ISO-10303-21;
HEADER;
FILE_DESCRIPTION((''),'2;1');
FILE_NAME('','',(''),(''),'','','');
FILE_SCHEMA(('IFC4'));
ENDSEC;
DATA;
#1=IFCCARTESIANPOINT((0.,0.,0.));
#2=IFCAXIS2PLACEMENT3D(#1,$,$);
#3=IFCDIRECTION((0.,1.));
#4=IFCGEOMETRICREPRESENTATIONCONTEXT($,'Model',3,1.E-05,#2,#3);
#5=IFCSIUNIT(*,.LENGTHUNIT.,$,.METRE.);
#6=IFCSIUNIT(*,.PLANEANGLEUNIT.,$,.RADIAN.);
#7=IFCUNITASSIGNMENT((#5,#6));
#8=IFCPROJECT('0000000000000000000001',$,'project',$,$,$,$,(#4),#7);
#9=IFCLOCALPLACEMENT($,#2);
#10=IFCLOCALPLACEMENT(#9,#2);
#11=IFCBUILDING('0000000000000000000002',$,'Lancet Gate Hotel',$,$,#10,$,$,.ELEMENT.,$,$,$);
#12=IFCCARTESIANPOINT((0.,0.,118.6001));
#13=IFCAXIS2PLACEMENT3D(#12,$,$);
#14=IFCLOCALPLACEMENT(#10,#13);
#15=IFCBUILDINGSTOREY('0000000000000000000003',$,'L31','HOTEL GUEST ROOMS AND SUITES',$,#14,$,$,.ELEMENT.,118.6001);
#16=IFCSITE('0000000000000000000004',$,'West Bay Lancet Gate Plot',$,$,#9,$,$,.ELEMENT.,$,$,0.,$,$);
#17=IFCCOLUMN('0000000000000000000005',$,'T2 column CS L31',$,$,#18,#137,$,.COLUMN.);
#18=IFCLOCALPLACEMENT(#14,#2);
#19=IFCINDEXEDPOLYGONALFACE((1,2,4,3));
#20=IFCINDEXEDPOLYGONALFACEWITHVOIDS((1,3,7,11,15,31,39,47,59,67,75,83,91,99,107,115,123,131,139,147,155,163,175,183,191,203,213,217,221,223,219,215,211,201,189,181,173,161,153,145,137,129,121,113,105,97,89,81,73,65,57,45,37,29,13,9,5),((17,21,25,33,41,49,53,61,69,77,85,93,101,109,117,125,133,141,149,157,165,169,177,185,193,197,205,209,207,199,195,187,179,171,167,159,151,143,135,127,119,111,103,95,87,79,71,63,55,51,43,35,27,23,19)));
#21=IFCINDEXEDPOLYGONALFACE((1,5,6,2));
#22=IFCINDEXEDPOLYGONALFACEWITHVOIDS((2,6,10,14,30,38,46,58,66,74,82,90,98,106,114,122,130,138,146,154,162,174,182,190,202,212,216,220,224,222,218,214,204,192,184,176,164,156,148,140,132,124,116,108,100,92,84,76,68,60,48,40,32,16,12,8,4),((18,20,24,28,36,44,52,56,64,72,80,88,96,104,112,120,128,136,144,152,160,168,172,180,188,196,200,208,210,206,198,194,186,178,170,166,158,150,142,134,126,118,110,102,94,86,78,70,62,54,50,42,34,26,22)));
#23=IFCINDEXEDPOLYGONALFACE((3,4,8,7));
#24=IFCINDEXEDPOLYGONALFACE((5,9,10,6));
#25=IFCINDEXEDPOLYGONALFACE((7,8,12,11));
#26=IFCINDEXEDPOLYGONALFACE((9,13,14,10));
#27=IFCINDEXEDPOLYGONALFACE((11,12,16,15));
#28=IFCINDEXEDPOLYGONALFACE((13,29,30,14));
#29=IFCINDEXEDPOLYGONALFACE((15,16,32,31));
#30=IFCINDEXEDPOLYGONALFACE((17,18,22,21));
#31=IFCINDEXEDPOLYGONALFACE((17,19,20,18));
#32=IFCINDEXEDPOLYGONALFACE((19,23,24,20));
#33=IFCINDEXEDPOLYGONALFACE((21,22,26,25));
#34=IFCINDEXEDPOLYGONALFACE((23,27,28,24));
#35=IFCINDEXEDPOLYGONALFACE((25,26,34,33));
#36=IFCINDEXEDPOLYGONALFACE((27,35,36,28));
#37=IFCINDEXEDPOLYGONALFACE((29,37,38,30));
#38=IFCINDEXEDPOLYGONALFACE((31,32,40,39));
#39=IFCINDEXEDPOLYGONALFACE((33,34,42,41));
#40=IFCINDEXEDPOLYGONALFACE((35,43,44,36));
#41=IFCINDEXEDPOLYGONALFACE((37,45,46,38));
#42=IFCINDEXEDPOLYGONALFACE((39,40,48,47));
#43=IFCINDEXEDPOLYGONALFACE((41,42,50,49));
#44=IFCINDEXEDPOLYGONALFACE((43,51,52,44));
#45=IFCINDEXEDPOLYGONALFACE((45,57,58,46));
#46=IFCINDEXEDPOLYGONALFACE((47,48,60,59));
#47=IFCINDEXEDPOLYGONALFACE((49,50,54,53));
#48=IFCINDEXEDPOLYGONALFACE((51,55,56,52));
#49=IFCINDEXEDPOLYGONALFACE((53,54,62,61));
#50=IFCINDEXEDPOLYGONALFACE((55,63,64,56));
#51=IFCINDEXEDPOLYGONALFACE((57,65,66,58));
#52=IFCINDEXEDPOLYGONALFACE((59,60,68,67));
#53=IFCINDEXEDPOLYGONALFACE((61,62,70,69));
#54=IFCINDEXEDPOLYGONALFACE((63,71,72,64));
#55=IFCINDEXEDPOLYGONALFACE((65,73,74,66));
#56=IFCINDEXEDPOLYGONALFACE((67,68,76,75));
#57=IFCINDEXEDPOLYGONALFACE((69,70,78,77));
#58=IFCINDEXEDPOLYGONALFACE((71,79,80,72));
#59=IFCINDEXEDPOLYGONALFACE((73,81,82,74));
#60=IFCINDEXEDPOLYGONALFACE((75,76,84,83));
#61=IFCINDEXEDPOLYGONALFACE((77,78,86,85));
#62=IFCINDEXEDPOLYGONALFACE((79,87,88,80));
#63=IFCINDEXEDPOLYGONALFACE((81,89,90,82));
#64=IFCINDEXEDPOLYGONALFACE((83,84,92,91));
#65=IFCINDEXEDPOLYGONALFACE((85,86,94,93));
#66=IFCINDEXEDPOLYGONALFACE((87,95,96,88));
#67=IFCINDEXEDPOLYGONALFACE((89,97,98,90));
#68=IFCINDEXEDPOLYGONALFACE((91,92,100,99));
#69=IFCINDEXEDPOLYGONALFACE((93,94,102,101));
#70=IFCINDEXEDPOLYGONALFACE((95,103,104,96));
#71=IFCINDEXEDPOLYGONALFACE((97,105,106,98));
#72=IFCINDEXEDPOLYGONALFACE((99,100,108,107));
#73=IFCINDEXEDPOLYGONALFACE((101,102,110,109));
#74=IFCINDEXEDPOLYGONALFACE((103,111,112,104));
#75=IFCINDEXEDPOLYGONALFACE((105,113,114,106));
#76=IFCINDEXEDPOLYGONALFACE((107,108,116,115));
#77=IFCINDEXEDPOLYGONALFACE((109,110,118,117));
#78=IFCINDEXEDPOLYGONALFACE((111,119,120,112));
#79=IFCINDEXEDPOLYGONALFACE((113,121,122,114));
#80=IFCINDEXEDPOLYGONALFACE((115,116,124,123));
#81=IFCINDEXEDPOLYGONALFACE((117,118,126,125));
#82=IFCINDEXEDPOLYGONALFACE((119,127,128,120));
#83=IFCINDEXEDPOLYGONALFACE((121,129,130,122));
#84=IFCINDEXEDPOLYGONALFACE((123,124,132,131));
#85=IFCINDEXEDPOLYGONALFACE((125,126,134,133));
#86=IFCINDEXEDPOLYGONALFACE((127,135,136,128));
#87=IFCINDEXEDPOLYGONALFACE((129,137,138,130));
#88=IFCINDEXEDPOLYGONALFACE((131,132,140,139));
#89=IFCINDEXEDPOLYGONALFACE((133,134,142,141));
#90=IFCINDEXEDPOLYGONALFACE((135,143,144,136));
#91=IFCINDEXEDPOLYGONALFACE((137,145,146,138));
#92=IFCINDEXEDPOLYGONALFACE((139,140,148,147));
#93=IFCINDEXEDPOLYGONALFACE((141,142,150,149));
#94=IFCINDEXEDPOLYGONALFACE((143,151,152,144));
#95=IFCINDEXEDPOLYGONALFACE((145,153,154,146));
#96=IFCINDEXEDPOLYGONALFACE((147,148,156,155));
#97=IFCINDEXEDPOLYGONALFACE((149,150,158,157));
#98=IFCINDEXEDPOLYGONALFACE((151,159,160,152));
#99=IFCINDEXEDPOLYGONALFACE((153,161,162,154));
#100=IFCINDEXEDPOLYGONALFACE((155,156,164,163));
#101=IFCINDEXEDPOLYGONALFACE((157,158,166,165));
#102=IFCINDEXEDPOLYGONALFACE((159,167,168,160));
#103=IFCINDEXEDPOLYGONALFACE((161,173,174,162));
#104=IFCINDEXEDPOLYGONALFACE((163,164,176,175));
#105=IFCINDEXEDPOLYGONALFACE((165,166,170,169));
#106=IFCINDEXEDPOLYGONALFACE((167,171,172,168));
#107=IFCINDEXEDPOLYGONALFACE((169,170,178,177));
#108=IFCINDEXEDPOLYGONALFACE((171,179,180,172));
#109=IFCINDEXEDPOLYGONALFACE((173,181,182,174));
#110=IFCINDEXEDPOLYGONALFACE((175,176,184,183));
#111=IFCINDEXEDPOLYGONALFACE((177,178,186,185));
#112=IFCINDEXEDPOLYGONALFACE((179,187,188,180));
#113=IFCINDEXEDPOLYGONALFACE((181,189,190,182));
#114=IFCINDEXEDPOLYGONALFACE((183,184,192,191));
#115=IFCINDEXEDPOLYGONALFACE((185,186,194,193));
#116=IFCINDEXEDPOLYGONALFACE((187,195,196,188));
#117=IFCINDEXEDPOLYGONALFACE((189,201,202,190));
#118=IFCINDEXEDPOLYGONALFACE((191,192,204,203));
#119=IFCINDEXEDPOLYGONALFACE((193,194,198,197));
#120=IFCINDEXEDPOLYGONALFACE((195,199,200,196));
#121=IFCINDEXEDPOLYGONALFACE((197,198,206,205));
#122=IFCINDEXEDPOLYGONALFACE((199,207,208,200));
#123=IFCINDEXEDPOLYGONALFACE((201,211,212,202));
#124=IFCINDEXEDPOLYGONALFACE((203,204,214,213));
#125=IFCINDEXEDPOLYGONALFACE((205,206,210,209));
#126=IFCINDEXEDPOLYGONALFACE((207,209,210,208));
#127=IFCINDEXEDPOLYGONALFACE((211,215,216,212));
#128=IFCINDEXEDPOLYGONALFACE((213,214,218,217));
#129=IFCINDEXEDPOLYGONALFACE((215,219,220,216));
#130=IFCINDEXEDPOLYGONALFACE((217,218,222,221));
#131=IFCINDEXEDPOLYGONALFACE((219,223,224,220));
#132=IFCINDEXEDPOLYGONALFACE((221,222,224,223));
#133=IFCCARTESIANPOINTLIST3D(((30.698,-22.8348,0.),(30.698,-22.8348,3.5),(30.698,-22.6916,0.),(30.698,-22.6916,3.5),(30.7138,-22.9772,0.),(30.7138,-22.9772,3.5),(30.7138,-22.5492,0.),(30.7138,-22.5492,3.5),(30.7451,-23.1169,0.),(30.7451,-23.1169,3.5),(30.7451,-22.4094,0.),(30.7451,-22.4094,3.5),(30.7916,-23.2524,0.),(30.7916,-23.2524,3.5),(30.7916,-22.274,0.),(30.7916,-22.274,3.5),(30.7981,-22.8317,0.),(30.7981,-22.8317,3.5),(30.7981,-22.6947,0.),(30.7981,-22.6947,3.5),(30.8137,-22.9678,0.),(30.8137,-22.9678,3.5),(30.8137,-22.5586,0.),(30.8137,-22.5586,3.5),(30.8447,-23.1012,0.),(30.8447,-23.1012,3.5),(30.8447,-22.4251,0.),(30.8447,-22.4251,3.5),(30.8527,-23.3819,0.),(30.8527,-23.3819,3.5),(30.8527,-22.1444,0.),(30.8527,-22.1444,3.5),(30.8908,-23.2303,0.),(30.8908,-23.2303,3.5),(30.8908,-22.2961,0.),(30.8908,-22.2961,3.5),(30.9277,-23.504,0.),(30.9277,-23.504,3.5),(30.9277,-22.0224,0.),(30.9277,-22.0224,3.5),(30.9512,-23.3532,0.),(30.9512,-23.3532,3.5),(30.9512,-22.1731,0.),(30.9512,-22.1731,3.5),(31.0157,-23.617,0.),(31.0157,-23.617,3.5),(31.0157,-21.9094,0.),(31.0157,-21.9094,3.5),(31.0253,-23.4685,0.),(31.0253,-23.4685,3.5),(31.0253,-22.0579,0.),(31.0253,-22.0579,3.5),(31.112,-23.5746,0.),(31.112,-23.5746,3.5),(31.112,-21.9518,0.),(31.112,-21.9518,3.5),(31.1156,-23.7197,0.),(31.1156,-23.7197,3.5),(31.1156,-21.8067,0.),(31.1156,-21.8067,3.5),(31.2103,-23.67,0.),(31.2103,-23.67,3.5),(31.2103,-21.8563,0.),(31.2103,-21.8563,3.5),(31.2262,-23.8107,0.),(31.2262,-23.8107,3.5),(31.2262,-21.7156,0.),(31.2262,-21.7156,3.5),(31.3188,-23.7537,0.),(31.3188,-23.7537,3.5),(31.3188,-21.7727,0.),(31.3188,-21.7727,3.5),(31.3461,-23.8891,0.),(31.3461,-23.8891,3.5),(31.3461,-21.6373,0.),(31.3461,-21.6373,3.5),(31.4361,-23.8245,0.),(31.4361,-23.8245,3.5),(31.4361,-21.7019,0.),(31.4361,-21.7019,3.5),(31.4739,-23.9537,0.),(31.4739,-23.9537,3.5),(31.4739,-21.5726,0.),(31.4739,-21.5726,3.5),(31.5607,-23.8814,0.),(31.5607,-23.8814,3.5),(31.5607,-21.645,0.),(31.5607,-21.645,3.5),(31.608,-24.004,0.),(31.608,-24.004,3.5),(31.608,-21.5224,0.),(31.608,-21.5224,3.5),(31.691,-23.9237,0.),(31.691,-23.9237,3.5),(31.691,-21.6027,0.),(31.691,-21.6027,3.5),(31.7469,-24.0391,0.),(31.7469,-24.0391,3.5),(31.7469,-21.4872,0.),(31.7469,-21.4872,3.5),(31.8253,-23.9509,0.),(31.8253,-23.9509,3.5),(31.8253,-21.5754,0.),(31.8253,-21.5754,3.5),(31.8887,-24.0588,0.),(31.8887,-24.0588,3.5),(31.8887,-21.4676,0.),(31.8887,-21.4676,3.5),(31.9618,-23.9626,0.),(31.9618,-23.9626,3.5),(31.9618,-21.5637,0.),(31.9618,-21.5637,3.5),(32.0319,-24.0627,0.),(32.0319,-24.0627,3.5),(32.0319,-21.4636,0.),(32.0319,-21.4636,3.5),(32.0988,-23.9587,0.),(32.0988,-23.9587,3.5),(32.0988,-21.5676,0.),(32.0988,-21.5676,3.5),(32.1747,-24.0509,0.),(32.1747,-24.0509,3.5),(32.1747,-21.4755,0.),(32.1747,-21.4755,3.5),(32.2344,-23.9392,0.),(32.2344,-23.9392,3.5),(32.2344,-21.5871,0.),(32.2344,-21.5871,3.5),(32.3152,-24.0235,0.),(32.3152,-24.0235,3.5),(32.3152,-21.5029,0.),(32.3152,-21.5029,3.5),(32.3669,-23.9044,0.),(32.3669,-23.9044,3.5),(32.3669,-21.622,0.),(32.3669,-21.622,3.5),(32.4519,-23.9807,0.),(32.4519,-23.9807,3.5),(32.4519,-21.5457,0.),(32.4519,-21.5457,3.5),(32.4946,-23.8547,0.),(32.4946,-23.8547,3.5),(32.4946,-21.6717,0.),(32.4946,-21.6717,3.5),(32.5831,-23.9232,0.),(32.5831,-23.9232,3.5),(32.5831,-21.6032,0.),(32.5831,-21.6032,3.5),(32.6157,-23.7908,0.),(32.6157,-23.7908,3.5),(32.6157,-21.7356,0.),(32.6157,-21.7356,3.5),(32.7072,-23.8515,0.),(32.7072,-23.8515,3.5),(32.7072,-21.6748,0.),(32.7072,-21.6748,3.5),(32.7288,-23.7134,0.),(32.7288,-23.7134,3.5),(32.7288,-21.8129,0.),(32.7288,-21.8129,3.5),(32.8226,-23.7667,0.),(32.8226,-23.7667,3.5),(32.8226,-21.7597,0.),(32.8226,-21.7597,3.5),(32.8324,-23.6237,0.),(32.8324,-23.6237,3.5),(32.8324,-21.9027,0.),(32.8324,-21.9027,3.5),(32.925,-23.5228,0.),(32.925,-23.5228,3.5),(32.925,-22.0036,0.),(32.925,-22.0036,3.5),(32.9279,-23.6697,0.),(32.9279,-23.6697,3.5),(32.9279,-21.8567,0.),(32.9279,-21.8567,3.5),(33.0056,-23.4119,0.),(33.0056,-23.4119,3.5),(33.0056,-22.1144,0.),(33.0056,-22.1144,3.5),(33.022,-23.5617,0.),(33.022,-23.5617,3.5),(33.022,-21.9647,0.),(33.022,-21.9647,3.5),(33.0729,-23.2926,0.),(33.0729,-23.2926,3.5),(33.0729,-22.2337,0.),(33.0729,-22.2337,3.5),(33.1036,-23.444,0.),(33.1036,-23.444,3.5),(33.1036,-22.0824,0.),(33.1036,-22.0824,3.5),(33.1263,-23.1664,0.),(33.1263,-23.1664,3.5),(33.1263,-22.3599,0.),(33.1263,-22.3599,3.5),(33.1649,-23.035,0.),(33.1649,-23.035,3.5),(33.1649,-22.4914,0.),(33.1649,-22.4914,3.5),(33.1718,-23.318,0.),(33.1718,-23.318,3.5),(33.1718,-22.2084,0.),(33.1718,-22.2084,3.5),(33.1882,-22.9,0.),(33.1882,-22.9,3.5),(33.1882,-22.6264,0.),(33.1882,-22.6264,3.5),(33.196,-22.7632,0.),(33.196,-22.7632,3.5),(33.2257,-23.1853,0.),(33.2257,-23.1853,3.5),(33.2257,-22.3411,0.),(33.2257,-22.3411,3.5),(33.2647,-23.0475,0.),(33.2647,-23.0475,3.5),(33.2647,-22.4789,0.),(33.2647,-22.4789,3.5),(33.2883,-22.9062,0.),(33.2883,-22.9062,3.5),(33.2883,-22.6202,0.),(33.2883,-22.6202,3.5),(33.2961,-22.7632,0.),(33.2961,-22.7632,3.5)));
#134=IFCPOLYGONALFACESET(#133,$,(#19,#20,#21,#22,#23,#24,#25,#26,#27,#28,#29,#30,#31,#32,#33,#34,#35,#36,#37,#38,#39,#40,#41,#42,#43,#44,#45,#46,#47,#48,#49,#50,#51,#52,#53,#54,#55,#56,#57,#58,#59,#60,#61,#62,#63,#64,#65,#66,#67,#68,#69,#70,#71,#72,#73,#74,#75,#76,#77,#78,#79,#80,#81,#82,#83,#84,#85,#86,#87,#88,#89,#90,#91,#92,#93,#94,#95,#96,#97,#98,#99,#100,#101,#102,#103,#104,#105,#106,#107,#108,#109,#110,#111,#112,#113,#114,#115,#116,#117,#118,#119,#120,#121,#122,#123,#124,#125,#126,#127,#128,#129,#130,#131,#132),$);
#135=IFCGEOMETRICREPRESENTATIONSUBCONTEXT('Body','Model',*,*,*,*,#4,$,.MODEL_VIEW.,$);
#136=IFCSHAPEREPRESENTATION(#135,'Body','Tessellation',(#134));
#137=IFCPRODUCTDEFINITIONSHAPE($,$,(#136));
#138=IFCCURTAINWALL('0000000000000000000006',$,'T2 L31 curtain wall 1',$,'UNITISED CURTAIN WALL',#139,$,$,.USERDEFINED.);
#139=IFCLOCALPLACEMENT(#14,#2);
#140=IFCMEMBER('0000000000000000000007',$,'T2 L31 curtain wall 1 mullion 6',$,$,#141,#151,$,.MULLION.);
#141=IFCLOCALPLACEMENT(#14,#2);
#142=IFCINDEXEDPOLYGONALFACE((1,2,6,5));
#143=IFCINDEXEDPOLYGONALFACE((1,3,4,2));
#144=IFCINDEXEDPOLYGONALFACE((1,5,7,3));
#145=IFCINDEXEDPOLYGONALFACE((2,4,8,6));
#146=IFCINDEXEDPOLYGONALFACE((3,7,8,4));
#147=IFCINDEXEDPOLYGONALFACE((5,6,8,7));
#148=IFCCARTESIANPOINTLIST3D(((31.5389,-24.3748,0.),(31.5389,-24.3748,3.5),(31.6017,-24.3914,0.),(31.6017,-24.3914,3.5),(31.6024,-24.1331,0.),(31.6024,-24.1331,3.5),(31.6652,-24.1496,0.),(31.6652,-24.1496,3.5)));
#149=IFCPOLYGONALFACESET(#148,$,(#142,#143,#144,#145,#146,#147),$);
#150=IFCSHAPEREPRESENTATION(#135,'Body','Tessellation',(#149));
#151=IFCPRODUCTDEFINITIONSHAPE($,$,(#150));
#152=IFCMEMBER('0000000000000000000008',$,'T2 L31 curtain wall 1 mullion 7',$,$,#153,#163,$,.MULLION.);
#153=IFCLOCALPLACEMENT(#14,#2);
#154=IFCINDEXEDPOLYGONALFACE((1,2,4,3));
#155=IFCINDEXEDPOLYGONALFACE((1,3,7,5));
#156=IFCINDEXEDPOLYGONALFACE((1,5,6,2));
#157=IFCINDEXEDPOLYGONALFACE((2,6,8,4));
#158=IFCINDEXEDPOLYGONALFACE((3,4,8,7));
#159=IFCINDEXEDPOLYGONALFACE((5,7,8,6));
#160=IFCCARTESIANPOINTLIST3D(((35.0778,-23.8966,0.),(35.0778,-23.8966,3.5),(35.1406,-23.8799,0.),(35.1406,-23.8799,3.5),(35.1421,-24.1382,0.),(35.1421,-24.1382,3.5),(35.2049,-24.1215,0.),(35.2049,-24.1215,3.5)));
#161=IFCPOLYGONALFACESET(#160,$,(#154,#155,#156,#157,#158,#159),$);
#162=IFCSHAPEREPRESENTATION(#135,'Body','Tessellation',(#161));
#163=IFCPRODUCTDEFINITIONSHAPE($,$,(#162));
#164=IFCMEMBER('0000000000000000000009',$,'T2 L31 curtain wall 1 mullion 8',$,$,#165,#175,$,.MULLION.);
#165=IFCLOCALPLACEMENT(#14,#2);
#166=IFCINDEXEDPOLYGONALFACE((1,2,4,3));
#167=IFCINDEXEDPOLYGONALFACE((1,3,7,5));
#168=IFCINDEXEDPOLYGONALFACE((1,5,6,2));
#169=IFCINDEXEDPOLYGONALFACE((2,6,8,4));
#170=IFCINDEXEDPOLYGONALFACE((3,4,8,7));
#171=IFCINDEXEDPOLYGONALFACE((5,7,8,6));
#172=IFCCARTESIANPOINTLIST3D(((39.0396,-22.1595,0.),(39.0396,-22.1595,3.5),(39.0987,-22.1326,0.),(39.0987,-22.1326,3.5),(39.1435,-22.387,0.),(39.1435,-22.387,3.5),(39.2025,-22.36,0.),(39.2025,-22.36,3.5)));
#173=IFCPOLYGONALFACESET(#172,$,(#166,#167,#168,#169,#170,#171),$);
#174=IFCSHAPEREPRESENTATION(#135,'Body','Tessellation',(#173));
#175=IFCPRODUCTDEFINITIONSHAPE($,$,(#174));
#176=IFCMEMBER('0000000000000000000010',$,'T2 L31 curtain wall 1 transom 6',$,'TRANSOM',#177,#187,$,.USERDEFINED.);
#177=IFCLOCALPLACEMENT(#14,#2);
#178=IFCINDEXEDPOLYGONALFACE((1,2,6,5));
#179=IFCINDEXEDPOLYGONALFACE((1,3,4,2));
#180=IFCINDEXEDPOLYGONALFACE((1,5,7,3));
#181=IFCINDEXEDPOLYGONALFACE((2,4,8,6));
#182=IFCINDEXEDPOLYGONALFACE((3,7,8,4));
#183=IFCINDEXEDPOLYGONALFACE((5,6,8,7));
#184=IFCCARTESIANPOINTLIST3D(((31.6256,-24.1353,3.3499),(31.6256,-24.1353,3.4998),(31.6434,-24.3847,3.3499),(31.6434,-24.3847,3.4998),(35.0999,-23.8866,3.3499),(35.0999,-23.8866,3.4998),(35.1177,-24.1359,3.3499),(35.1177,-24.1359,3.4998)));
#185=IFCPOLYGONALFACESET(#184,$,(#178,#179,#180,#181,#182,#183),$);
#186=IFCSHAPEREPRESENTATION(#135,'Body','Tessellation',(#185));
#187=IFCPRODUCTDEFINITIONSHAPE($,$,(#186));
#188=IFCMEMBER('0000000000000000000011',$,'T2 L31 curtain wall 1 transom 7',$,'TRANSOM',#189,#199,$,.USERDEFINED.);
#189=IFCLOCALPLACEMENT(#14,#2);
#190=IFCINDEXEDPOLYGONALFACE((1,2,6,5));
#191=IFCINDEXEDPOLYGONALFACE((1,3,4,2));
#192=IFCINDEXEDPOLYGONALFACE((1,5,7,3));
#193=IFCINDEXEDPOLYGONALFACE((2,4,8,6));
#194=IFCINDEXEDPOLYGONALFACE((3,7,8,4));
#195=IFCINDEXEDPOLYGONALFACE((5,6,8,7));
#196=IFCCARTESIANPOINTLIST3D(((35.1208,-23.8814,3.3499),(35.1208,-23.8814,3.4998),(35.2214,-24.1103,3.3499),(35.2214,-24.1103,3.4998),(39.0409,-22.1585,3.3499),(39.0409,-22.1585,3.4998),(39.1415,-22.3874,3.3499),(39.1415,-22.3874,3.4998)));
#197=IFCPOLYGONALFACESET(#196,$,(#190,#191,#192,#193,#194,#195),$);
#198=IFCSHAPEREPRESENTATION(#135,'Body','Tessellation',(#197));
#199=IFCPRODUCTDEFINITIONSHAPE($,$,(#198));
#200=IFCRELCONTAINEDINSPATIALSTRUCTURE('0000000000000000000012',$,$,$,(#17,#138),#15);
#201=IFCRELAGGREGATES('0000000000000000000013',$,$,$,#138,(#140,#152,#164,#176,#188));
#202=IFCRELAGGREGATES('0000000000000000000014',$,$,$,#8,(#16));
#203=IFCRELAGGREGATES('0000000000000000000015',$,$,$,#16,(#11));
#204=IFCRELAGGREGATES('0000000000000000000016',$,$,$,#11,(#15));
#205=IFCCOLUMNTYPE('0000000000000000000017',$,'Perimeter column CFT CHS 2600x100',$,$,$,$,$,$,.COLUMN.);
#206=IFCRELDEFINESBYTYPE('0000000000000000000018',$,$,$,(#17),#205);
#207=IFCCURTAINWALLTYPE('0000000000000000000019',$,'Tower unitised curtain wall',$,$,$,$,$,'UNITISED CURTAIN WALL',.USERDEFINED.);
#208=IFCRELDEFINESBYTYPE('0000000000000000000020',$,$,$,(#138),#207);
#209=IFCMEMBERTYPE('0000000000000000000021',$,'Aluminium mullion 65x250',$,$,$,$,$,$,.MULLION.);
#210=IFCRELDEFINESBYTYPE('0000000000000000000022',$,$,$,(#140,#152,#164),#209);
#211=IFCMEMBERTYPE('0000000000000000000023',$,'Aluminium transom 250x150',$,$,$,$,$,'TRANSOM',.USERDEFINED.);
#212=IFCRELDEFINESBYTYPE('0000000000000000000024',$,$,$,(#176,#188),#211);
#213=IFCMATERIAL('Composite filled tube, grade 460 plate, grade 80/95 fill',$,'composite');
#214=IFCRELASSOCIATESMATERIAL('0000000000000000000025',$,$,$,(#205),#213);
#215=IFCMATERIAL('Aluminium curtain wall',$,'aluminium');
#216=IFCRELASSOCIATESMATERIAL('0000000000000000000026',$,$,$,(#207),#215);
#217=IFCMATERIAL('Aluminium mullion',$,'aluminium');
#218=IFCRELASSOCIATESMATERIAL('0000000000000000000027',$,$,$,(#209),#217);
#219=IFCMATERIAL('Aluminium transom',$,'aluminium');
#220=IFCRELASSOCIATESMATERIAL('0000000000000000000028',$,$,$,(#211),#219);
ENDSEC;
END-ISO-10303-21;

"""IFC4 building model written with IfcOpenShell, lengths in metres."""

from ifc_helpers import new_model, si_unit, direction, frame, origin, origin_2d, place, context, subcontext, project, spatial, rectangle, hollow_circle, extrude, material, material_profile, profile_set, type_object, element, aggregate, save


model = new_model("IFC4")

# Units and contexts
model_context = context("Model", 3, precision=1e-05, world=origin(), true_north=direction((0.0, 1.0)))
body_context = subcontext(model_context, "Body", "Model", "MODEL_VIEW")
ifc_project = project(units=[si_unit("LENGTHUNIT", "METRE"), si_unit("PLANEANGLEUNIT", "RADIAN")], contexts=[model_context])

# Site, building, storey
site_placement = place(None, origin())
site = spatial("IfcSite", under=ifc_project, at=site_placement, Name="West Bay Lancet Gate Plot", CompositionType="ELEMENT", RefElevation=0.0)
building_placement = place(site_placement, origin())
building = spatial("IfcBuilding", under=site, at=building_placement, Name="Lancet Gate Hotel", CompositionType="ELEMENT")
storey_placement = place(building_placement, frame((0.0, 0.0, 118.6001)))
storey = spatial("IfcBuildingStorey", under=building, at=storey_placement, Name="L31", Description="HOTEL GUEST ROOMS AND SUITES", CompositionType="ELEMENT", Elevation=118.6001)

# Column
ifc_material_1 = material(Name="Composite filled tube, grade 460 plate, grade 80/95 fill", Category="composite")
ifc_material_profile_1 = material_profile(ifc_material_1, hollow_circle(Radius=1.3, WallThickness=0.1001, at=origin_2d()), Name="CHS 2600x100")
ifc_profile_set_1 = profile_set([ifc_material_profile_1], Name="Composite filled tube, grade 460 plate, grade 80/95 fill")
column_type = type_object("IfcColumnType", Name="Perimeter column CFT CHS 2600x100", PredefinedType="COLUMN", material=ifc_profile_set_1)
column_placement = place(storey_placement, frame((31.9961, -22.7632, 0.0), z_axis=(0.0, 0.0, 1.0), x_axis=(1.0, 0.0, 0.0)))
element("IfcColumn", 1, at=column_placement, inside=storey, type_object=column_type, Name="T2 column CS L31", PredefinedType="COLUMN", context=body_context, shape_type="SweptSolid", body=[
    extrude(hollow_circle(Radius=1.3, WallThickness=0.1001, at=origin_2d()), origin(), (0.0, 0.0, 1.0), 3.5),
])

# Curtain wall, members
ifc_material_2 = material(Name="Aluminium curtain wall", Category="aluminium")
curtain_wall_type = type_object("IfcCurtainWallType", Name="Tower unitised curtain wall", ElementType="UNITISED CURTAIN WALL", PredefinedType="USERDEFINED", material=ifc_material_2)
curtain_wall_placement = place(storey_placement, origin())
curtain_wall = element("IfcCurtainWall", 2, at=curtain_wall_placement, inside=storey, type_object=curtain_wall_type, Name="T2 L31 curtain wall 1", ObjectType="UNITISED CURTAIN WALL", PredefinedType="USERDEFINED")
ifc_material_3 = material(Name="Aluminium mullion", Category="aluminium")
ifc_material_profile_2 = material_profile(ifc_material_3, rectangle(XDim=0.0649, YDim=0.25, at=origin_2d()), Name="MULLION 65x250")
ifc_profile_set_2 = profile_set([ifc_material_profile_2], Name="Aluminium mullion")
member_type_1 = type_object("IfcMemberType", Name="Aluminium mullion 65x250", PredefinedType="MULLION", material=ifc_profile_set_2)
member_1_placement = place(storey_placement, frame((31.6021, -24.2622, 0.0), z_axis=(0.0, 0.0, 1.0), x_axis=(0.967157, -0.254179, 0.0)))
member_1 = element("IfcMember", 3, at=member_1_placement, type_object=member_type_1, Name="T2 L31 curtain wall 1 mullion 6", PredefinedType="MULLION", context=body_context, shape_type="SweptSolid", body=[
    extrude(rectangle(XDim=0.0649, YDim=0.25, at=origin_2d()), origin(), (0.0, 0.0, 1.0), 3.5),
])
member_2_placement = place(storey_placement, frame((35.1414, -24.009, 0.0), z_axis=(0.0, 0.0, 1.0), x_axis=(0.966317, 0.257353, 0.0)))
member_2 = element("IfcMember", 4, at=member_2_placement, type_object=member_type_1, Name="T2 L31 curtain wall 1 mullion 7", PredefinedType="MULLION", context=body_context, shape_type="SweptSolid", body=[
    extrude(rectangle(XDim=0.0649, YDim=0.25, at=origin_2d()), origin(), (0.0, 0.0, 1.0), 3.5),
])
member_3_placement = place(storey_placement, frame((39.1211, -22.2598, 0.0), z_axis=(0.0, 0.0, 1.0), x_axis=(0.909673, 0.415326, 0.0)))
member_3 = element("IfcMember", 5, at=member_3_placement, type_object=member_type_1, Name="T2 L31 curtain wall 1 mullion 8", PredefinedType="MULLION", context=body_context, shape_type="SweptSolid", body=[
    extrude(rectangle(XDim=0.0649, YDim=0.25, at=origin_2d()), origin(), (0.0, 0.0, 1.0), 3.5),
])
ifc_material_4 = material(Name="Aluminium transom", Category="aluminium")
ifc_material_profile_3 = material_profile(ifc_material_4, rectangle(XDim=0.25, YDim=0.1499, at=origin_2d()), Name="TRANSOM 250x150")
ifc_profile_set_3 = profile_set([ifc_material_profile_3], Name="Aluminium transom")
member_type_2 = type_object("IfcMemberType", Name="Aluminium transom 250x150", ElementType="TRANSOM", PredefinedType="USERDEFINED", material=ifc_profile_set_3)
member_4_placement = place(storey_placement, frame((31.6345, -24.26, 3.4248), z_axis=(0.997446, 0.071421, 0.0), x_axis=(-0.071421, 0.997446, 0.0)))
member_4 = element("IfcMember", 6, at=member_4_placement, type_object=member_type_2, Name="T2 L31 curtain wall 1 transom 6", ObjectType="TRANSOM", PredefinedType="USERDEFINED", context=body_context, shape_type="SweptSolid", body=[
    extrude(rectangle(XDim=0.25, YDim=0.1499, at=origin_2d()), origin(), (0.0, 0.0, 1.0), 3.4832),
])
member_5_placement = place(storey_placement, frame((35.1711, -23.9958, 3.4248), z_axis=(0.915485, 0.402353, 0.0), x_axis=(-0.402353, 0.915485, 0.0)))
member_5 = element("IfcMember", 7, at=member_5_placement, type_object=member_type_2, Name="T2 L31 curtain wall 1 transom 7", ObjectType="TRANSOM", PredefinedType="USERDEFINED", context=body_context, shape_type="SweptSolid", body=[
    extrude(rectangle(XDim=0.25, YDim=0.1499, at=origin_2d()), origin(), (0.0, 0.0, 1.0), 4.282),
])

aggregate(curtain_wall, [member_1, member_2, member_3, member_4, member_5])

save(model, "model.ifc")
